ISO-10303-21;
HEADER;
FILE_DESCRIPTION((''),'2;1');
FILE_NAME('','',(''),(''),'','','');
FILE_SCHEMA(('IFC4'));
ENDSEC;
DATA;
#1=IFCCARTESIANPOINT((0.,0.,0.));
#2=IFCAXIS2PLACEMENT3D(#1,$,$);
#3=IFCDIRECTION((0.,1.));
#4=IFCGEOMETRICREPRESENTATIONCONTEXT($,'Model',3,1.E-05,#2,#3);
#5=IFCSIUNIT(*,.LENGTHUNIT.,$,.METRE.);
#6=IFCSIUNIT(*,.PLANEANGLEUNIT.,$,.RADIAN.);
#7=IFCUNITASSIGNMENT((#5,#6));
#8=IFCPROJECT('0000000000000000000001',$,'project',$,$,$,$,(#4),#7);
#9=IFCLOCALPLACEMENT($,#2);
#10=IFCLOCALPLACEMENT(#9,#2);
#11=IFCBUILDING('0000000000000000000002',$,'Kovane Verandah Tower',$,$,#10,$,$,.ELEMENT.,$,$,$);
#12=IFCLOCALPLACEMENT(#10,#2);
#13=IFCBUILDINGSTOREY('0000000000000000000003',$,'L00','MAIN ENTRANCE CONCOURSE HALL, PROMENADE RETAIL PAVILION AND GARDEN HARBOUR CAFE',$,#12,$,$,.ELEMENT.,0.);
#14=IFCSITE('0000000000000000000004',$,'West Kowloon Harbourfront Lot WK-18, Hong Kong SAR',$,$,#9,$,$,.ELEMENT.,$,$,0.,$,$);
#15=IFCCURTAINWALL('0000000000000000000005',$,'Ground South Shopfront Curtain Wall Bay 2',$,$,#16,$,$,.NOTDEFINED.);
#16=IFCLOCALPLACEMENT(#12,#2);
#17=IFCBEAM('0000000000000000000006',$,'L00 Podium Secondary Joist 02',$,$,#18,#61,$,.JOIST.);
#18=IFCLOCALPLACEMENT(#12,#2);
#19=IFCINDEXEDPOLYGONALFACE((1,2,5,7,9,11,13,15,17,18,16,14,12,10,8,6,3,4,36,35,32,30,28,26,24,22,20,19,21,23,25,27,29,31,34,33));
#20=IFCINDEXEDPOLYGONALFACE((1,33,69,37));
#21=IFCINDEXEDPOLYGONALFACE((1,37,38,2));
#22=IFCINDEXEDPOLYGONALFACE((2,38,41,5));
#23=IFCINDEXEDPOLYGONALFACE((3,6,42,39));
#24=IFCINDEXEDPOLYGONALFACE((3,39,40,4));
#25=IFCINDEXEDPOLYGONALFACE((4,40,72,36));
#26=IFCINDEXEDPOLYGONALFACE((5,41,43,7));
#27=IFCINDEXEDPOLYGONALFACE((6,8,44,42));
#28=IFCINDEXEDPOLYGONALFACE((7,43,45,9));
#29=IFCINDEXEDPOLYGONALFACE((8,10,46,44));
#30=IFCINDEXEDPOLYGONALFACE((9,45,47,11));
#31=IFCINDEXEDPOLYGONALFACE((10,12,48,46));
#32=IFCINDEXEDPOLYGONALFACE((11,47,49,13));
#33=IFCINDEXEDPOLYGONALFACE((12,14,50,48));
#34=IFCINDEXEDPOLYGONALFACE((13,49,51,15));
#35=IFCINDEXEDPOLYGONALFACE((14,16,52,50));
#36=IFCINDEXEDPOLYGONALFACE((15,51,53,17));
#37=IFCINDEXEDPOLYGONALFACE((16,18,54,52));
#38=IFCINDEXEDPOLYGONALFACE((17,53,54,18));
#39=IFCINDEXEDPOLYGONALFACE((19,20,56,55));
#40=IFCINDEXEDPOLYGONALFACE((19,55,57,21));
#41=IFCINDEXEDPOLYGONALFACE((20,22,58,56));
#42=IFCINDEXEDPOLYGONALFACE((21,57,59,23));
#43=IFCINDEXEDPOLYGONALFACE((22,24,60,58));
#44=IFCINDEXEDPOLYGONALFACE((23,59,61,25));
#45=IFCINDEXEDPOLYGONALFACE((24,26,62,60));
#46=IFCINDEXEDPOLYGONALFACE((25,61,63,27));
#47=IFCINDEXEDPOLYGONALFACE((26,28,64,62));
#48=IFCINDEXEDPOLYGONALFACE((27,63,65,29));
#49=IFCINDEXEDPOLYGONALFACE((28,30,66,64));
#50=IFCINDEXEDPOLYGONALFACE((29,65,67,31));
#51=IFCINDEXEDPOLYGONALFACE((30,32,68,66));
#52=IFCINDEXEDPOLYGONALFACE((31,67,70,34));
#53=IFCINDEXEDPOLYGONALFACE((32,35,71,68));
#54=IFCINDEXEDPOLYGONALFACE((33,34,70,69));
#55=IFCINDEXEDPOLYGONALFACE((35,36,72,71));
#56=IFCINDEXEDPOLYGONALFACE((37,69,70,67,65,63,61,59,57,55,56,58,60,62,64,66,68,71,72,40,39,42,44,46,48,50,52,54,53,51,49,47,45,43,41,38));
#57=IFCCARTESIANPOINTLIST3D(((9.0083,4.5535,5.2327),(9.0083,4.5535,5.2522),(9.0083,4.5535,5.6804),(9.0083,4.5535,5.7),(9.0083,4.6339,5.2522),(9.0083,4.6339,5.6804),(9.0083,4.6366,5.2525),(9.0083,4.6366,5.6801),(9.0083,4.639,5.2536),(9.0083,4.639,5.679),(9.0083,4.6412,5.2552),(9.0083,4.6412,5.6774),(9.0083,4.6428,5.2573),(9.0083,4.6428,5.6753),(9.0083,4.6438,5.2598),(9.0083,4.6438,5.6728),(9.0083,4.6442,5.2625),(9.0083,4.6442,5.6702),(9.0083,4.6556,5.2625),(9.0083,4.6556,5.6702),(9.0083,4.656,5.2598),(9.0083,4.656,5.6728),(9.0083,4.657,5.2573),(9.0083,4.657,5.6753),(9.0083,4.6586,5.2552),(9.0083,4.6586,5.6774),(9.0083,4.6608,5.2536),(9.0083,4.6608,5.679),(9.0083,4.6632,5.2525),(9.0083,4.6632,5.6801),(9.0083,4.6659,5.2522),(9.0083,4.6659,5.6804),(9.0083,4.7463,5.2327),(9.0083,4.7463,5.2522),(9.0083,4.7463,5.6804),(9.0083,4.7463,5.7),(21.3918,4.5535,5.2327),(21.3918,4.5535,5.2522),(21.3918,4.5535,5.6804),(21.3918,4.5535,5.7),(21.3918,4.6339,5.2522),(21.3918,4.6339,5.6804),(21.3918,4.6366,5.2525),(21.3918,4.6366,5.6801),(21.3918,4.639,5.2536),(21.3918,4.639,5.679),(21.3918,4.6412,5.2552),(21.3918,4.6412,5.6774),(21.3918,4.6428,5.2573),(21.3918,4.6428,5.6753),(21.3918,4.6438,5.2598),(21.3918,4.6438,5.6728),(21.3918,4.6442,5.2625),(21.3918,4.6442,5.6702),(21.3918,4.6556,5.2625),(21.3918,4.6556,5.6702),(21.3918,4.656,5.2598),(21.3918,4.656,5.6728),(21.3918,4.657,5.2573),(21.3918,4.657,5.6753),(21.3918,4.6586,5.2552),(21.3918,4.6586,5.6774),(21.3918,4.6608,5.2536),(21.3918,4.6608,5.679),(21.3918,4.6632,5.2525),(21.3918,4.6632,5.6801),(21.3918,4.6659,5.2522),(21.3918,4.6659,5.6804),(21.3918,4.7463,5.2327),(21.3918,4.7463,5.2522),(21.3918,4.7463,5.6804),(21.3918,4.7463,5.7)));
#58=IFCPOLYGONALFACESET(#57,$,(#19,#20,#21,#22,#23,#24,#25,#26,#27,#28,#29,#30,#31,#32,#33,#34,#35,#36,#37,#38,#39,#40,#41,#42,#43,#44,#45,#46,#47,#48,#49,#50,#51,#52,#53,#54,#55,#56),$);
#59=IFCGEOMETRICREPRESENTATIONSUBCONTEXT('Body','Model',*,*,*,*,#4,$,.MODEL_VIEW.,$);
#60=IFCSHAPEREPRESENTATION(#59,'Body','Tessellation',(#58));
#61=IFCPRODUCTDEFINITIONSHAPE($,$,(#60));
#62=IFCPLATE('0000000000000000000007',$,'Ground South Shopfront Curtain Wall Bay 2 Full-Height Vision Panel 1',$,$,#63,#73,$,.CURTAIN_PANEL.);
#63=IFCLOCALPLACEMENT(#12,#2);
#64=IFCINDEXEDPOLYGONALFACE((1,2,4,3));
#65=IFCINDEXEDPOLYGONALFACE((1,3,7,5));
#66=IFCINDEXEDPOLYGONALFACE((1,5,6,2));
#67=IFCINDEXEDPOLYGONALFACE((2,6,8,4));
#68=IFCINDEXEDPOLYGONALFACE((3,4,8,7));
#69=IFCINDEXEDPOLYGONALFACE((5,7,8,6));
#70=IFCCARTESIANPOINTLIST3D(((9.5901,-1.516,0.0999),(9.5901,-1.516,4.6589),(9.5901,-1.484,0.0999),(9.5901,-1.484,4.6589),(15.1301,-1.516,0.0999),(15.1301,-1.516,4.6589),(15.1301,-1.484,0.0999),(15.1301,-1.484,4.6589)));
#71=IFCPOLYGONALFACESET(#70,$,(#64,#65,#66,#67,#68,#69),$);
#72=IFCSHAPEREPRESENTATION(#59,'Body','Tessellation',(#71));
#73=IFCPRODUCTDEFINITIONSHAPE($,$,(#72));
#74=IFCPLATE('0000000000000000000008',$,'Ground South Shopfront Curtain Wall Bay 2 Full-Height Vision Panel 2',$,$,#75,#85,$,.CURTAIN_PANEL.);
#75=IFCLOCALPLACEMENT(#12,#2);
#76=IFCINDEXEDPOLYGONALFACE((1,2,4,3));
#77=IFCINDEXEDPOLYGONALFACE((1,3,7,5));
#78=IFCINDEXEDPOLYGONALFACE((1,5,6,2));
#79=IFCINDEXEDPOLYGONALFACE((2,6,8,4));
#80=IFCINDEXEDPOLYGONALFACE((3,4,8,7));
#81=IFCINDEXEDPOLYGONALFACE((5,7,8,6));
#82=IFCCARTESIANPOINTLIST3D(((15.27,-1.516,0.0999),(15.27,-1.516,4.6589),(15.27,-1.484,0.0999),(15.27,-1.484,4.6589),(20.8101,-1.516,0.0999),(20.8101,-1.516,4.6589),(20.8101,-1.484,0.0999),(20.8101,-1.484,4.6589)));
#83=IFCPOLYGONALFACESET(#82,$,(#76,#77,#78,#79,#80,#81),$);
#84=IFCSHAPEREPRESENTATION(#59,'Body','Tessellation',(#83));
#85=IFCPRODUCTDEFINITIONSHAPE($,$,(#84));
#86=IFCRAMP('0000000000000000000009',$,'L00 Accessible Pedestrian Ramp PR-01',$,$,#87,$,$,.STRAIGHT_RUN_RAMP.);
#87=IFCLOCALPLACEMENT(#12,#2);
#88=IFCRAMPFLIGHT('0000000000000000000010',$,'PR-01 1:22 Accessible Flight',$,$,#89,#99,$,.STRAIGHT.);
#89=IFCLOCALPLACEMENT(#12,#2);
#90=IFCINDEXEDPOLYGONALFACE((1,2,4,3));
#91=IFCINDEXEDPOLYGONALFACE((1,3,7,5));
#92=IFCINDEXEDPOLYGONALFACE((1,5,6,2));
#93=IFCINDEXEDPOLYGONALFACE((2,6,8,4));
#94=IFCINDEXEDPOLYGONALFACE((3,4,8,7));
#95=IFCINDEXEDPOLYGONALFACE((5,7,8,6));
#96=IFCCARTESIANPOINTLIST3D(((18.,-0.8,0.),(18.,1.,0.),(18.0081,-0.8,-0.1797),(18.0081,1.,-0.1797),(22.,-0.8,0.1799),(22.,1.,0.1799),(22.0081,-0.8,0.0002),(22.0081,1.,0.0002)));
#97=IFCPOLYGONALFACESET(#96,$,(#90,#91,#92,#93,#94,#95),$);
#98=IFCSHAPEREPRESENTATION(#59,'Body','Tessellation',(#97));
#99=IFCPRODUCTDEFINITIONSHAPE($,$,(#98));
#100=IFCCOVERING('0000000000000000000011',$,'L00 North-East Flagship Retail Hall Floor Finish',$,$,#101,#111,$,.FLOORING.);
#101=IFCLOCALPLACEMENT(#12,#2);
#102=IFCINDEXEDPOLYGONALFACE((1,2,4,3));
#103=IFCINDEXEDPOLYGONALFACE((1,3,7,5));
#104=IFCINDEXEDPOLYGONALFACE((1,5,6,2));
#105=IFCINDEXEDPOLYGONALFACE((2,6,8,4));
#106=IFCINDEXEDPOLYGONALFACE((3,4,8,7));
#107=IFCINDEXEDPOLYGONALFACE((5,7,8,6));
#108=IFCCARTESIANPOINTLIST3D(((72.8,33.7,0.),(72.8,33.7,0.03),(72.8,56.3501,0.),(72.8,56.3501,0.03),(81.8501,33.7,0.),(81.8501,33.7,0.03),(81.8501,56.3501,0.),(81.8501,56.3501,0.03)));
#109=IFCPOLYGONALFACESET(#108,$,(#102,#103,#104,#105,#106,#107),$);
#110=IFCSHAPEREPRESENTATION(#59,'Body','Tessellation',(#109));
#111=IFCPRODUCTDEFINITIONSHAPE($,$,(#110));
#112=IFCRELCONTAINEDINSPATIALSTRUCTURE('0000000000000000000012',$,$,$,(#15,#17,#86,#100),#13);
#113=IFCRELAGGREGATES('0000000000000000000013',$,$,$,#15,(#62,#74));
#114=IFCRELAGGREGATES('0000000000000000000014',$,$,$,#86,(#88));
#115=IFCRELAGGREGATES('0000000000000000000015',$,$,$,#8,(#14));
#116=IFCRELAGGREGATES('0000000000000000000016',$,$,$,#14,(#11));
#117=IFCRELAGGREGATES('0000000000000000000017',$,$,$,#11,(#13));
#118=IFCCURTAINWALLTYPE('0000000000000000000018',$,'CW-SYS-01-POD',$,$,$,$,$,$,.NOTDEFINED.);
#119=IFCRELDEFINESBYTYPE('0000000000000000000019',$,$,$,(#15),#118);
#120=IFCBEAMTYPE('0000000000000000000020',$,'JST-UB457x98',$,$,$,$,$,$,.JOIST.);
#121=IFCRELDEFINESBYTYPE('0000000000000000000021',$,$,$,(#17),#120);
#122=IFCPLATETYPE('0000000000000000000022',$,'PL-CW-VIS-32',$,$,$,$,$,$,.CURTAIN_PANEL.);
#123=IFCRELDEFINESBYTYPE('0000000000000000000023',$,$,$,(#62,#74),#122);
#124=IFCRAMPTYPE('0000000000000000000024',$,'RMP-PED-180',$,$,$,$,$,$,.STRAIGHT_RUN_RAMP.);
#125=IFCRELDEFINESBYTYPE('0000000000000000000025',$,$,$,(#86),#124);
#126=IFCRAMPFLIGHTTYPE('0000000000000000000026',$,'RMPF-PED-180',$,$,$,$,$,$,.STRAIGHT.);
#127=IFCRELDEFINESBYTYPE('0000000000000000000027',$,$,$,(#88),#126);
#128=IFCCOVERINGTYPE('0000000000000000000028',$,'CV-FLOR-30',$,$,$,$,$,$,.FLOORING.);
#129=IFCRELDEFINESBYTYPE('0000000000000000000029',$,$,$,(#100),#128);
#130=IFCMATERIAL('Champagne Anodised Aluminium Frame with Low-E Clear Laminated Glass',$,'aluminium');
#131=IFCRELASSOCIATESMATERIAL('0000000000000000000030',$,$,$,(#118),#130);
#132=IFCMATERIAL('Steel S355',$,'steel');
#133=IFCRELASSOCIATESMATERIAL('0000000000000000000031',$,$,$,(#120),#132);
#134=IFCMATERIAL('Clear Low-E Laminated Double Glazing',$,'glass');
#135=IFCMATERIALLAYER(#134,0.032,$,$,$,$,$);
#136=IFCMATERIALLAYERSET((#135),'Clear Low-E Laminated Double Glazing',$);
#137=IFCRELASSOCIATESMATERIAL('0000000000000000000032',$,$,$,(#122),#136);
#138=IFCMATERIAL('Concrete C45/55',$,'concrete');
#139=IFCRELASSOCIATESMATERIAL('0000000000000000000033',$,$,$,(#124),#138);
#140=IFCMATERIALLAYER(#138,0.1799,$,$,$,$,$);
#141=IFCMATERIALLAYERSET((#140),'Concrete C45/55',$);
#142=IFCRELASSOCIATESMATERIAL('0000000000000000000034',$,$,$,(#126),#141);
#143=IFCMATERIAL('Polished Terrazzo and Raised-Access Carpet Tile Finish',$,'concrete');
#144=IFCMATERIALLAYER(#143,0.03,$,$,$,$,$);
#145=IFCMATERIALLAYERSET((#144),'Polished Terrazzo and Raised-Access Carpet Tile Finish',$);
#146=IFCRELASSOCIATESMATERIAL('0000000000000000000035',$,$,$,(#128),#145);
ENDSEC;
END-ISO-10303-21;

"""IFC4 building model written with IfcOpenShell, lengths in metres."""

from ifc_helpers import new_model, si_unit, direction, frame, origin, origin_2d, place, context, subcontext, project, spatial, polyline, rectangle, i_section, outline, extrude, material, layer, layer_set, material_profile, profile_set, type_object, element, aggregate, save


model = new_model("IFC4")

# Units and contexts
model_context = context("Model", 3, precision=1e-05, world=origin(), true_north=direction((0.0, 1.0)))
body_context = subcontext(model_context, "Body", "Model", "MODEL_VIEW")
ifc_project = project(units=[si_unit("LENGTHUNIT", "METRE"), si_unit("PLANEANGLEUNIT", "RADIAN")], contexts=[model_context])

# Site, building, storey
site_placement = place(None, origin())
site = spatial("IfcSite", under=ifc_project, at=site_placement, Name="West Kowloon Harbourfront Lot WK-18, Hong Kong SAR", CompositionType="ELEMENT", RefElevation=0.0)
building_placement = place(site_placement, origin())
building = spatial("IfcBuilding", under=site, at=building_placement, Name="Kovane Verandah Tower", CompositionType="ELEMENT")
storey_placement = place(building_placement, origin())
storey = spatial("IfcBuildingStorey", under=building, at=storey_placement, Name="L00", Description="MAIN ENTRANCE CONCOURSE HALL, PROMENADE RETAIL PAVILION AND GARDEN HARBOUR CAFE", CompositionType="ELEMENT", Elevation=0.0)

# Shared definitions
ifc_material_1 = material(Name="Steel S355", Category="steel")

# Curtain wall
ifc_material_2 = material(Name="Champagne Anodised Aluminium Frame with Low-E Clear Laminated Glass", Category="aluminium")
curtain_wall_type = type_object("IfcCurtainWallType", Name="CW-SYS-01-POD", PredefinedType="NOTDEFINED", material=ifc_material_2)
curtain_wall_placement = place(storey_placement, origin())
curtain_wall = element("IfcCurtainWall", 1, at=curtain_wall_placement, inside=storey, type_object=curtain_wall_type, Name="Ground South Shopfront Curtain Wall Bay 2", PredefinedType="NOTDEFINED")

# Beam
ifc_material_profile_1 = material_profile(ifc_material_1, i_section(OverallWidth=0.1929, OverallDepth=0.4673, WebThickness=0.0115, FlangeThickness=0.0195, FilletRadius=0.0103, at=origin_2d()), Name="UB457x191x98")
ifc_profile_set_1 = profile_set([ifc_material_profile_1], Name="Steel S355")
beam_type_1 = type_object("IfcBeamType", Name="JST-UB457x98", PredefinedType="JOIST", material=ifc_profile_set_1)
beam_1_placement = place(storey_placement, frame((9.0083, 4.6499, 5.4663), z_axis=(1.0, 0.0, 0.0), x_axis=(0.0, 1.0, 0.0)))
element("IfcBeam", 2, at=beam_1_placement, inside=storey, type_object=beam_type_1, Name="L00 Podium Secondary Joist 02", PredefinedType="JOIST", context=body_context, shape_type="SweptSolid", body=[
    extrude(i_section(OverallWidth=0.1929, OverallDepth=0.4673, WebThickness=0.0115, FlangeThickness=0.0195, FilletRadius=0.0103, at=origin_2d()), origin(), (0.0, 0.0, 1.0), 12.3835),
])

# Plates
ifc_material_3 = material(Name="Clear Low-E Laminated Double Glazing", Category="glass")
ifc_layer_1 = layer(ifc_material_3, 0.032)
ifc_layer_set_1 = layer_set([ifc_layer_1], Name="Clear Low-E Laminated Double Glazing")
plate_type = type_object("IfcPlateType", Name="PL-CW-VIS-32", PredefinedType="CURTAIN_PANEL", material=ifc_layer_set_1)
plate_1_placement = place(storey_placement, frame((12.3601, -1.5, 0.0999), z_axis=(0.0, 0.0, 1.0), x_axis=(1.0, 0.0, 0.0)))
plate_1 = element("IfcPlate", 3, at=plate_1_placement, type_object=plate_type, Name="Ground South Shopfront Curtain Wall Bay 2 Full-Height Vision Panel 1", PredefinedType="CURTAIN_PANEL", context=body_context, shape_type="SweptSolid", body=[
    extrude(rectangle(XDim=5.54, YDim=0.032, at=origin_2d()), origin(), (0.0, 0.0, 1.0), 4.5591),
])
plate_2_placement = place(storey_placement, frame((18.04, -1.5, 0.0999), z_axis=(0.0, 0.0, 1.0), x_axis=(1.0, 0.0, 0.0)))
plate_2 = element("IfcPlate", 4, at=plate_2_placement, type_object=plate_type, Name="Ground South Shopfront Curtain Wall Bay 2 Full-Height Vision Panel 2", PredefinedType="CURTAIN_PANEL", context=body_context, shape_type="SweptSolid", body=[
    extrude(rectangle(XDim=5.54, YDim=0.032, at=origin_2d()), origin(), (0.0, 0.0, 1.0), 4.5591),
])
aggregate(curtain_wall, [plate_1, plate_2])

# Ramp, ramp flight
ifc_material_4 = material(Name="Concrete C45/55", Category="concrete")
ramp_type = type_object("IfcRampType", Name="RMP-PED-180", PredefinedType="STRAIGHT_RUN_RAMP", material=ifc_material_4)
ramp_placement = place(storey_placement, origin())
ramp = element("IfcRamp", 5, at=ramp_placement, inside=storey, type_object=ramp_type, Name="L00 Accessible Pedestrian Ramp PR-01", PredefinedType="STRAIGHT_RUN_RAMP")
ifc_layer_2 = layer(ifc_material_4, 0.1799)
ifc_layer_set_2 = layer_set([ifc_layer_2], Name="Concrete C45/55")
ramp_flight_type = type_object("IfcRampFlightType", Name="RMPF-PED-180", PredefinedType="STRAIGHT", material=ifc_layer_set_2)
ramp_flight_placement = place(storey_placement, frame((18.0, -0.8, 0.0), z_axis=(-0.044937, 0.0, 0.99899), x_axis=(0.99899, 0.0, 0.044937)))
ramp_flight = element("IfcRampFlight", 6, at=ramp_flight_placement, type_object=ramp_flight_type, Name="PR-01 1:22 Accessible Flight", PredefinedType="STRAIGHT", context=body_context, shape_type="SweptSolid", body=[
    extrude(outline(polyline([(0.0, 0.0), (4.004, 0.0), (4.004, 1.8), (0.0, 1.8), (0.0, 0.0)])), origin(), (0.0, 0.0, -1.0), 0.1799),
])
aggregate(ramp, [ramp_flight])

# Covering
ifc_material_5 = material(Name="Polished Terrazzo and Raised-Access Carpet Tile Finish", Category="concrete")
ifc_layer_3 = layer(ifc_material_5, 0.03)
ifc_layer_set_3 = layer_set([ifc_layer_3], Name="Polished Terrazzo and Raised-Access Carpet Tile Finish")
covering_type = type_object("IfcCoveringType", Name="CV-FLOR-30", PredefinedType="FLOORING", material=ifc_layer_set_3)
covering_placement = place(storey_placement, origin())
element("IfcCovering", 7, at=covering_placement, inside=storey, type_object=covering_type, Name="L00 North-East Flagship Retail Hall Floor Finish", PredefinedType="FLOORING", context=body_context, shape_type="SweptSolid", body=[
    extrude(outline(polyline([(72.8, 33.7), (81.8501, 33.7), (81.8501, 56.3501), (72.8, 56.3501), (72.8, 33.7)])), origin(), (0.0, 0.0, 1.0), 0.03),
])

save(model, "model.ifc")
